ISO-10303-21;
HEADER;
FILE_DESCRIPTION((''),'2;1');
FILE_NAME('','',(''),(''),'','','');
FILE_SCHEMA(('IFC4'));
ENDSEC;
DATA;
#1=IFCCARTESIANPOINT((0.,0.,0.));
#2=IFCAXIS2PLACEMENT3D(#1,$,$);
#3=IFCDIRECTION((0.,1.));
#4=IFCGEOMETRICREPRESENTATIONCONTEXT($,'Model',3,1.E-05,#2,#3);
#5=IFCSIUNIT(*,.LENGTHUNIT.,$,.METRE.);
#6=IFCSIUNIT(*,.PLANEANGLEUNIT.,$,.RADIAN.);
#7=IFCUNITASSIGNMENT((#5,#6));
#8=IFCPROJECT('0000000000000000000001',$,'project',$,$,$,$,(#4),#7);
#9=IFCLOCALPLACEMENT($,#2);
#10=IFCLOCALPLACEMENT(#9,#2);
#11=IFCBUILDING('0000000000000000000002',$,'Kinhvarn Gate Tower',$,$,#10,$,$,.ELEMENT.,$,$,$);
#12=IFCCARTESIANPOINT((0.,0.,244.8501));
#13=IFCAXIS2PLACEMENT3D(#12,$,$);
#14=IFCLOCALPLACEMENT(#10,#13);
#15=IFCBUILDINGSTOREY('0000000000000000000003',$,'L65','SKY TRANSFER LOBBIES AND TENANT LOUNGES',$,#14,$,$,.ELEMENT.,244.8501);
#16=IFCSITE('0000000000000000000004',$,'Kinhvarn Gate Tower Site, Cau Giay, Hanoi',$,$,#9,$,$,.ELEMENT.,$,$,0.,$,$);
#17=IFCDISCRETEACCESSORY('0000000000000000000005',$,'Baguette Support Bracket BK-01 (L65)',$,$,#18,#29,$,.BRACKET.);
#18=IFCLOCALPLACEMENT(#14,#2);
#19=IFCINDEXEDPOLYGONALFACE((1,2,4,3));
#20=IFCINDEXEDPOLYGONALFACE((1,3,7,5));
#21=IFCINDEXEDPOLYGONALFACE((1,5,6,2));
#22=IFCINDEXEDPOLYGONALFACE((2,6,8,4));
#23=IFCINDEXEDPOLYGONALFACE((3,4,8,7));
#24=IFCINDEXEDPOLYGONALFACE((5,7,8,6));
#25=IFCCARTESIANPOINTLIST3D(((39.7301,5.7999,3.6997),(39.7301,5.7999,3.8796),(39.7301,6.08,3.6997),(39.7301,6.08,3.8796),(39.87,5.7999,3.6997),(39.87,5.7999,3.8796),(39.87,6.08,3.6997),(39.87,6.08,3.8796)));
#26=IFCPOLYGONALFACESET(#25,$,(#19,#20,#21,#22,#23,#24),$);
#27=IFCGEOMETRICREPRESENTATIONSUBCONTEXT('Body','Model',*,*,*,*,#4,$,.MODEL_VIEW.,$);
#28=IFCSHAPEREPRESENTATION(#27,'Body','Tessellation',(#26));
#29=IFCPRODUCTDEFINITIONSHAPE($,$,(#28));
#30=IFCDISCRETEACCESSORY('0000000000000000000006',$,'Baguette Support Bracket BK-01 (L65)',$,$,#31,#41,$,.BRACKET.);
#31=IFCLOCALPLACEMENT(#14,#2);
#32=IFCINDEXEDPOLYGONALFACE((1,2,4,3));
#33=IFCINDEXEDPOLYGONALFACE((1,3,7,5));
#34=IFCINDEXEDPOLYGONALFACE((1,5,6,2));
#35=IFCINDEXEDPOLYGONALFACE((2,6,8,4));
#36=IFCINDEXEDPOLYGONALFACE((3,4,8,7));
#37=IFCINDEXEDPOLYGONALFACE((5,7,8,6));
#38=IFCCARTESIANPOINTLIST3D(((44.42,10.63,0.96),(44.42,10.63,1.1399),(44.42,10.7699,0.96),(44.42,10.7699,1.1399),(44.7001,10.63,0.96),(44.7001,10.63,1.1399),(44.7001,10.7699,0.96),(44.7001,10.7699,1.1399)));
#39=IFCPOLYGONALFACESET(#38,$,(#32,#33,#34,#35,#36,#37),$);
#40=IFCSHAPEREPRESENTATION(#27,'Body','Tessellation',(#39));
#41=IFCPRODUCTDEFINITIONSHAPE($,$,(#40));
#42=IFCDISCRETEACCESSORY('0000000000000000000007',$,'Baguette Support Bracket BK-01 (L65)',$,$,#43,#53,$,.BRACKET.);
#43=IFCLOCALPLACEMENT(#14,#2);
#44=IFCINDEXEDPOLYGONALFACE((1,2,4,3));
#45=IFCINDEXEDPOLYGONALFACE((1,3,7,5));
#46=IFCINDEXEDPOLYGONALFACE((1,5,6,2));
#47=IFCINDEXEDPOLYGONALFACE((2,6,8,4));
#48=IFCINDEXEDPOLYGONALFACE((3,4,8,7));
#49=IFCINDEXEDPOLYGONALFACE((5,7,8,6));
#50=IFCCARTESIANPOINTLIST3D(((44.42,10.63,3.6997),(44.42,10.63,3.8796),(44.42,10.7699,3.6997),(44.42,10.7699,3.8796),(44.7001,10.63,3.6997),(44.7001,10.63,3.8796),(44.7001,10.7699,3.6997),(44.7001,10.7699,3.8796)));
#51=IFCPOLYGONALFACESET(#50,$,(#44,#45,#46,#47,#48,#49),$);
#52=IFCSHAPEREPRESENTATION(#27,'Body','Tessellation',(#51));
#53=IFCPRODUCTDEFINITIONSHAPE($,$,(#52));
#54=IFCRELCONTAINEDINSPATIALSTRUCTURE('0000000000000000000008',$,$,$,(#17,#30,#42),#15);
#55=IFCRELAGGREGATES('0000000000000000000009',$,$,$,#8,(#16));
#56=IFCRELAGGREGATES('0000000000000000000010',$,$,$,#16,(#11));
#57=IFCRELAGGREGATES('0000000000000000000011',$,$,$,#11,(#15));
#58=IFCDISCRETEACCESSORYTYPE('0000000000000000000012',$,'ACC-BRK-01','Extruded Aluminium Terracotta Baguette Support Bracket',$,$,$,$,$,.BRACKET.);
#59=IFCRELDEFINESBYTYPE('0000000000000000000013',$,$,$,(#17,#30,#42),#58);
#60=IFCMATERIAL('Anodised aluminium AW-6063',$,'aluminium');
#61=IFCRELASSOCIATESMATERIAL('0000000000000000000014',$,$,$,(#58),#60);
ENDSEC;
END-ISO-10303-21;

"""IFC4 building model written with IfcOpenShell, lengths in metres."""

from ifc_helpers import new_model, si_unit, direction, frame, origin, origin_2d, place, context, subcontext, project, spatial, rectangle, extrude, material, type_object, element, save


model = new_model("IFC4")

# Units and contexts
model_context = context("Model", 3, precision=1e-05, world=origin(), true_north=direction((0.0, 1.0)))
body_context = subcontext(model_context, "Body", "Model", "MODEL_VIEW")
ifc_project = project(units=[si_unit("LENGTHUNIT", "METRE"), si_unit("PLANEANGLEUNIT", "RADIAN")], contexts=[model_context])

# Site, building, storey
site_placement = place(None, origin())
site = spatial("IfcSite", under=ifc_project, at=site_placement, Name="Kinhvarn Gate Tower Site, Cau Giay, Hanoi", CompositionType="ELEMENT", RefElevation=0.0)
building_placement = place(site_placement, origin())
building = spatial("IfcBuilding", under=site, at=building_placement, Name="Kinhvarn Gate Tower", CompositionType="ELEMENT")
storey_placement = place(building_placement, frame((0.0, 0.0, 244.8501)))
storey = spatial("IfcBuildingStorey", under=building, at=storey_placement, Name="L65", Description="SKY TRANSFER LOBBIES AND TENANT LOUNGES", CompositionType="ELEMENT", Elevation=244.8501)

# Shared definitions
ifc_material_1 = material(Name="Anodised aluminium AW-6063", Category="aluminium")

# Discrete accessories
discrete_accessory_type = type_object("IfcDiscreteAccessoryType", Name="ACC-BRK-01", Description="Extruded Aluminium Terracotta Baguette Support Bracket", PredefinedType="BRACKET", material=ifc_material_1)
for number, where, z_axis, x_axis, name in (
    (1, (39.8, 5.9399, 3.6997), (0.0, 0.0, 1.0), (1.0, 0.0, 0.0), "Baguette Support Bracket BK-01 (L65)"),
    (2, (44.5601, 10.7, 0.96), (0.0, 0.0, 1.0), (0.0, 1.0, 0.0), "Baguette Support Bracket BK-01 (L65)"),
    (3, (44.5601, 10.7, 3.6997), (0.0, 0.0, 1.0), (0.0, 1.0, 0.0), "Baguette Support Bracket BK-01 (L65)"),
):
    element("IfcDiscreteAccessory", number, at=place(storey_placement, frame(where, z_axis=z_axis, x_axis=x_axis)), inside=storey, type_object=discrete_accessory_type, Name=name, PredefinedType="BRACKET", context=body_context, shape_type="SweptSolid", body=[
        extrude(rectangle(XDim=0.1399, YDim=0.28, at=origin_2d()), origin(), (0.0, 0.0, 1.0), 0.1799),
    ])

save(model, "model.ifc")
